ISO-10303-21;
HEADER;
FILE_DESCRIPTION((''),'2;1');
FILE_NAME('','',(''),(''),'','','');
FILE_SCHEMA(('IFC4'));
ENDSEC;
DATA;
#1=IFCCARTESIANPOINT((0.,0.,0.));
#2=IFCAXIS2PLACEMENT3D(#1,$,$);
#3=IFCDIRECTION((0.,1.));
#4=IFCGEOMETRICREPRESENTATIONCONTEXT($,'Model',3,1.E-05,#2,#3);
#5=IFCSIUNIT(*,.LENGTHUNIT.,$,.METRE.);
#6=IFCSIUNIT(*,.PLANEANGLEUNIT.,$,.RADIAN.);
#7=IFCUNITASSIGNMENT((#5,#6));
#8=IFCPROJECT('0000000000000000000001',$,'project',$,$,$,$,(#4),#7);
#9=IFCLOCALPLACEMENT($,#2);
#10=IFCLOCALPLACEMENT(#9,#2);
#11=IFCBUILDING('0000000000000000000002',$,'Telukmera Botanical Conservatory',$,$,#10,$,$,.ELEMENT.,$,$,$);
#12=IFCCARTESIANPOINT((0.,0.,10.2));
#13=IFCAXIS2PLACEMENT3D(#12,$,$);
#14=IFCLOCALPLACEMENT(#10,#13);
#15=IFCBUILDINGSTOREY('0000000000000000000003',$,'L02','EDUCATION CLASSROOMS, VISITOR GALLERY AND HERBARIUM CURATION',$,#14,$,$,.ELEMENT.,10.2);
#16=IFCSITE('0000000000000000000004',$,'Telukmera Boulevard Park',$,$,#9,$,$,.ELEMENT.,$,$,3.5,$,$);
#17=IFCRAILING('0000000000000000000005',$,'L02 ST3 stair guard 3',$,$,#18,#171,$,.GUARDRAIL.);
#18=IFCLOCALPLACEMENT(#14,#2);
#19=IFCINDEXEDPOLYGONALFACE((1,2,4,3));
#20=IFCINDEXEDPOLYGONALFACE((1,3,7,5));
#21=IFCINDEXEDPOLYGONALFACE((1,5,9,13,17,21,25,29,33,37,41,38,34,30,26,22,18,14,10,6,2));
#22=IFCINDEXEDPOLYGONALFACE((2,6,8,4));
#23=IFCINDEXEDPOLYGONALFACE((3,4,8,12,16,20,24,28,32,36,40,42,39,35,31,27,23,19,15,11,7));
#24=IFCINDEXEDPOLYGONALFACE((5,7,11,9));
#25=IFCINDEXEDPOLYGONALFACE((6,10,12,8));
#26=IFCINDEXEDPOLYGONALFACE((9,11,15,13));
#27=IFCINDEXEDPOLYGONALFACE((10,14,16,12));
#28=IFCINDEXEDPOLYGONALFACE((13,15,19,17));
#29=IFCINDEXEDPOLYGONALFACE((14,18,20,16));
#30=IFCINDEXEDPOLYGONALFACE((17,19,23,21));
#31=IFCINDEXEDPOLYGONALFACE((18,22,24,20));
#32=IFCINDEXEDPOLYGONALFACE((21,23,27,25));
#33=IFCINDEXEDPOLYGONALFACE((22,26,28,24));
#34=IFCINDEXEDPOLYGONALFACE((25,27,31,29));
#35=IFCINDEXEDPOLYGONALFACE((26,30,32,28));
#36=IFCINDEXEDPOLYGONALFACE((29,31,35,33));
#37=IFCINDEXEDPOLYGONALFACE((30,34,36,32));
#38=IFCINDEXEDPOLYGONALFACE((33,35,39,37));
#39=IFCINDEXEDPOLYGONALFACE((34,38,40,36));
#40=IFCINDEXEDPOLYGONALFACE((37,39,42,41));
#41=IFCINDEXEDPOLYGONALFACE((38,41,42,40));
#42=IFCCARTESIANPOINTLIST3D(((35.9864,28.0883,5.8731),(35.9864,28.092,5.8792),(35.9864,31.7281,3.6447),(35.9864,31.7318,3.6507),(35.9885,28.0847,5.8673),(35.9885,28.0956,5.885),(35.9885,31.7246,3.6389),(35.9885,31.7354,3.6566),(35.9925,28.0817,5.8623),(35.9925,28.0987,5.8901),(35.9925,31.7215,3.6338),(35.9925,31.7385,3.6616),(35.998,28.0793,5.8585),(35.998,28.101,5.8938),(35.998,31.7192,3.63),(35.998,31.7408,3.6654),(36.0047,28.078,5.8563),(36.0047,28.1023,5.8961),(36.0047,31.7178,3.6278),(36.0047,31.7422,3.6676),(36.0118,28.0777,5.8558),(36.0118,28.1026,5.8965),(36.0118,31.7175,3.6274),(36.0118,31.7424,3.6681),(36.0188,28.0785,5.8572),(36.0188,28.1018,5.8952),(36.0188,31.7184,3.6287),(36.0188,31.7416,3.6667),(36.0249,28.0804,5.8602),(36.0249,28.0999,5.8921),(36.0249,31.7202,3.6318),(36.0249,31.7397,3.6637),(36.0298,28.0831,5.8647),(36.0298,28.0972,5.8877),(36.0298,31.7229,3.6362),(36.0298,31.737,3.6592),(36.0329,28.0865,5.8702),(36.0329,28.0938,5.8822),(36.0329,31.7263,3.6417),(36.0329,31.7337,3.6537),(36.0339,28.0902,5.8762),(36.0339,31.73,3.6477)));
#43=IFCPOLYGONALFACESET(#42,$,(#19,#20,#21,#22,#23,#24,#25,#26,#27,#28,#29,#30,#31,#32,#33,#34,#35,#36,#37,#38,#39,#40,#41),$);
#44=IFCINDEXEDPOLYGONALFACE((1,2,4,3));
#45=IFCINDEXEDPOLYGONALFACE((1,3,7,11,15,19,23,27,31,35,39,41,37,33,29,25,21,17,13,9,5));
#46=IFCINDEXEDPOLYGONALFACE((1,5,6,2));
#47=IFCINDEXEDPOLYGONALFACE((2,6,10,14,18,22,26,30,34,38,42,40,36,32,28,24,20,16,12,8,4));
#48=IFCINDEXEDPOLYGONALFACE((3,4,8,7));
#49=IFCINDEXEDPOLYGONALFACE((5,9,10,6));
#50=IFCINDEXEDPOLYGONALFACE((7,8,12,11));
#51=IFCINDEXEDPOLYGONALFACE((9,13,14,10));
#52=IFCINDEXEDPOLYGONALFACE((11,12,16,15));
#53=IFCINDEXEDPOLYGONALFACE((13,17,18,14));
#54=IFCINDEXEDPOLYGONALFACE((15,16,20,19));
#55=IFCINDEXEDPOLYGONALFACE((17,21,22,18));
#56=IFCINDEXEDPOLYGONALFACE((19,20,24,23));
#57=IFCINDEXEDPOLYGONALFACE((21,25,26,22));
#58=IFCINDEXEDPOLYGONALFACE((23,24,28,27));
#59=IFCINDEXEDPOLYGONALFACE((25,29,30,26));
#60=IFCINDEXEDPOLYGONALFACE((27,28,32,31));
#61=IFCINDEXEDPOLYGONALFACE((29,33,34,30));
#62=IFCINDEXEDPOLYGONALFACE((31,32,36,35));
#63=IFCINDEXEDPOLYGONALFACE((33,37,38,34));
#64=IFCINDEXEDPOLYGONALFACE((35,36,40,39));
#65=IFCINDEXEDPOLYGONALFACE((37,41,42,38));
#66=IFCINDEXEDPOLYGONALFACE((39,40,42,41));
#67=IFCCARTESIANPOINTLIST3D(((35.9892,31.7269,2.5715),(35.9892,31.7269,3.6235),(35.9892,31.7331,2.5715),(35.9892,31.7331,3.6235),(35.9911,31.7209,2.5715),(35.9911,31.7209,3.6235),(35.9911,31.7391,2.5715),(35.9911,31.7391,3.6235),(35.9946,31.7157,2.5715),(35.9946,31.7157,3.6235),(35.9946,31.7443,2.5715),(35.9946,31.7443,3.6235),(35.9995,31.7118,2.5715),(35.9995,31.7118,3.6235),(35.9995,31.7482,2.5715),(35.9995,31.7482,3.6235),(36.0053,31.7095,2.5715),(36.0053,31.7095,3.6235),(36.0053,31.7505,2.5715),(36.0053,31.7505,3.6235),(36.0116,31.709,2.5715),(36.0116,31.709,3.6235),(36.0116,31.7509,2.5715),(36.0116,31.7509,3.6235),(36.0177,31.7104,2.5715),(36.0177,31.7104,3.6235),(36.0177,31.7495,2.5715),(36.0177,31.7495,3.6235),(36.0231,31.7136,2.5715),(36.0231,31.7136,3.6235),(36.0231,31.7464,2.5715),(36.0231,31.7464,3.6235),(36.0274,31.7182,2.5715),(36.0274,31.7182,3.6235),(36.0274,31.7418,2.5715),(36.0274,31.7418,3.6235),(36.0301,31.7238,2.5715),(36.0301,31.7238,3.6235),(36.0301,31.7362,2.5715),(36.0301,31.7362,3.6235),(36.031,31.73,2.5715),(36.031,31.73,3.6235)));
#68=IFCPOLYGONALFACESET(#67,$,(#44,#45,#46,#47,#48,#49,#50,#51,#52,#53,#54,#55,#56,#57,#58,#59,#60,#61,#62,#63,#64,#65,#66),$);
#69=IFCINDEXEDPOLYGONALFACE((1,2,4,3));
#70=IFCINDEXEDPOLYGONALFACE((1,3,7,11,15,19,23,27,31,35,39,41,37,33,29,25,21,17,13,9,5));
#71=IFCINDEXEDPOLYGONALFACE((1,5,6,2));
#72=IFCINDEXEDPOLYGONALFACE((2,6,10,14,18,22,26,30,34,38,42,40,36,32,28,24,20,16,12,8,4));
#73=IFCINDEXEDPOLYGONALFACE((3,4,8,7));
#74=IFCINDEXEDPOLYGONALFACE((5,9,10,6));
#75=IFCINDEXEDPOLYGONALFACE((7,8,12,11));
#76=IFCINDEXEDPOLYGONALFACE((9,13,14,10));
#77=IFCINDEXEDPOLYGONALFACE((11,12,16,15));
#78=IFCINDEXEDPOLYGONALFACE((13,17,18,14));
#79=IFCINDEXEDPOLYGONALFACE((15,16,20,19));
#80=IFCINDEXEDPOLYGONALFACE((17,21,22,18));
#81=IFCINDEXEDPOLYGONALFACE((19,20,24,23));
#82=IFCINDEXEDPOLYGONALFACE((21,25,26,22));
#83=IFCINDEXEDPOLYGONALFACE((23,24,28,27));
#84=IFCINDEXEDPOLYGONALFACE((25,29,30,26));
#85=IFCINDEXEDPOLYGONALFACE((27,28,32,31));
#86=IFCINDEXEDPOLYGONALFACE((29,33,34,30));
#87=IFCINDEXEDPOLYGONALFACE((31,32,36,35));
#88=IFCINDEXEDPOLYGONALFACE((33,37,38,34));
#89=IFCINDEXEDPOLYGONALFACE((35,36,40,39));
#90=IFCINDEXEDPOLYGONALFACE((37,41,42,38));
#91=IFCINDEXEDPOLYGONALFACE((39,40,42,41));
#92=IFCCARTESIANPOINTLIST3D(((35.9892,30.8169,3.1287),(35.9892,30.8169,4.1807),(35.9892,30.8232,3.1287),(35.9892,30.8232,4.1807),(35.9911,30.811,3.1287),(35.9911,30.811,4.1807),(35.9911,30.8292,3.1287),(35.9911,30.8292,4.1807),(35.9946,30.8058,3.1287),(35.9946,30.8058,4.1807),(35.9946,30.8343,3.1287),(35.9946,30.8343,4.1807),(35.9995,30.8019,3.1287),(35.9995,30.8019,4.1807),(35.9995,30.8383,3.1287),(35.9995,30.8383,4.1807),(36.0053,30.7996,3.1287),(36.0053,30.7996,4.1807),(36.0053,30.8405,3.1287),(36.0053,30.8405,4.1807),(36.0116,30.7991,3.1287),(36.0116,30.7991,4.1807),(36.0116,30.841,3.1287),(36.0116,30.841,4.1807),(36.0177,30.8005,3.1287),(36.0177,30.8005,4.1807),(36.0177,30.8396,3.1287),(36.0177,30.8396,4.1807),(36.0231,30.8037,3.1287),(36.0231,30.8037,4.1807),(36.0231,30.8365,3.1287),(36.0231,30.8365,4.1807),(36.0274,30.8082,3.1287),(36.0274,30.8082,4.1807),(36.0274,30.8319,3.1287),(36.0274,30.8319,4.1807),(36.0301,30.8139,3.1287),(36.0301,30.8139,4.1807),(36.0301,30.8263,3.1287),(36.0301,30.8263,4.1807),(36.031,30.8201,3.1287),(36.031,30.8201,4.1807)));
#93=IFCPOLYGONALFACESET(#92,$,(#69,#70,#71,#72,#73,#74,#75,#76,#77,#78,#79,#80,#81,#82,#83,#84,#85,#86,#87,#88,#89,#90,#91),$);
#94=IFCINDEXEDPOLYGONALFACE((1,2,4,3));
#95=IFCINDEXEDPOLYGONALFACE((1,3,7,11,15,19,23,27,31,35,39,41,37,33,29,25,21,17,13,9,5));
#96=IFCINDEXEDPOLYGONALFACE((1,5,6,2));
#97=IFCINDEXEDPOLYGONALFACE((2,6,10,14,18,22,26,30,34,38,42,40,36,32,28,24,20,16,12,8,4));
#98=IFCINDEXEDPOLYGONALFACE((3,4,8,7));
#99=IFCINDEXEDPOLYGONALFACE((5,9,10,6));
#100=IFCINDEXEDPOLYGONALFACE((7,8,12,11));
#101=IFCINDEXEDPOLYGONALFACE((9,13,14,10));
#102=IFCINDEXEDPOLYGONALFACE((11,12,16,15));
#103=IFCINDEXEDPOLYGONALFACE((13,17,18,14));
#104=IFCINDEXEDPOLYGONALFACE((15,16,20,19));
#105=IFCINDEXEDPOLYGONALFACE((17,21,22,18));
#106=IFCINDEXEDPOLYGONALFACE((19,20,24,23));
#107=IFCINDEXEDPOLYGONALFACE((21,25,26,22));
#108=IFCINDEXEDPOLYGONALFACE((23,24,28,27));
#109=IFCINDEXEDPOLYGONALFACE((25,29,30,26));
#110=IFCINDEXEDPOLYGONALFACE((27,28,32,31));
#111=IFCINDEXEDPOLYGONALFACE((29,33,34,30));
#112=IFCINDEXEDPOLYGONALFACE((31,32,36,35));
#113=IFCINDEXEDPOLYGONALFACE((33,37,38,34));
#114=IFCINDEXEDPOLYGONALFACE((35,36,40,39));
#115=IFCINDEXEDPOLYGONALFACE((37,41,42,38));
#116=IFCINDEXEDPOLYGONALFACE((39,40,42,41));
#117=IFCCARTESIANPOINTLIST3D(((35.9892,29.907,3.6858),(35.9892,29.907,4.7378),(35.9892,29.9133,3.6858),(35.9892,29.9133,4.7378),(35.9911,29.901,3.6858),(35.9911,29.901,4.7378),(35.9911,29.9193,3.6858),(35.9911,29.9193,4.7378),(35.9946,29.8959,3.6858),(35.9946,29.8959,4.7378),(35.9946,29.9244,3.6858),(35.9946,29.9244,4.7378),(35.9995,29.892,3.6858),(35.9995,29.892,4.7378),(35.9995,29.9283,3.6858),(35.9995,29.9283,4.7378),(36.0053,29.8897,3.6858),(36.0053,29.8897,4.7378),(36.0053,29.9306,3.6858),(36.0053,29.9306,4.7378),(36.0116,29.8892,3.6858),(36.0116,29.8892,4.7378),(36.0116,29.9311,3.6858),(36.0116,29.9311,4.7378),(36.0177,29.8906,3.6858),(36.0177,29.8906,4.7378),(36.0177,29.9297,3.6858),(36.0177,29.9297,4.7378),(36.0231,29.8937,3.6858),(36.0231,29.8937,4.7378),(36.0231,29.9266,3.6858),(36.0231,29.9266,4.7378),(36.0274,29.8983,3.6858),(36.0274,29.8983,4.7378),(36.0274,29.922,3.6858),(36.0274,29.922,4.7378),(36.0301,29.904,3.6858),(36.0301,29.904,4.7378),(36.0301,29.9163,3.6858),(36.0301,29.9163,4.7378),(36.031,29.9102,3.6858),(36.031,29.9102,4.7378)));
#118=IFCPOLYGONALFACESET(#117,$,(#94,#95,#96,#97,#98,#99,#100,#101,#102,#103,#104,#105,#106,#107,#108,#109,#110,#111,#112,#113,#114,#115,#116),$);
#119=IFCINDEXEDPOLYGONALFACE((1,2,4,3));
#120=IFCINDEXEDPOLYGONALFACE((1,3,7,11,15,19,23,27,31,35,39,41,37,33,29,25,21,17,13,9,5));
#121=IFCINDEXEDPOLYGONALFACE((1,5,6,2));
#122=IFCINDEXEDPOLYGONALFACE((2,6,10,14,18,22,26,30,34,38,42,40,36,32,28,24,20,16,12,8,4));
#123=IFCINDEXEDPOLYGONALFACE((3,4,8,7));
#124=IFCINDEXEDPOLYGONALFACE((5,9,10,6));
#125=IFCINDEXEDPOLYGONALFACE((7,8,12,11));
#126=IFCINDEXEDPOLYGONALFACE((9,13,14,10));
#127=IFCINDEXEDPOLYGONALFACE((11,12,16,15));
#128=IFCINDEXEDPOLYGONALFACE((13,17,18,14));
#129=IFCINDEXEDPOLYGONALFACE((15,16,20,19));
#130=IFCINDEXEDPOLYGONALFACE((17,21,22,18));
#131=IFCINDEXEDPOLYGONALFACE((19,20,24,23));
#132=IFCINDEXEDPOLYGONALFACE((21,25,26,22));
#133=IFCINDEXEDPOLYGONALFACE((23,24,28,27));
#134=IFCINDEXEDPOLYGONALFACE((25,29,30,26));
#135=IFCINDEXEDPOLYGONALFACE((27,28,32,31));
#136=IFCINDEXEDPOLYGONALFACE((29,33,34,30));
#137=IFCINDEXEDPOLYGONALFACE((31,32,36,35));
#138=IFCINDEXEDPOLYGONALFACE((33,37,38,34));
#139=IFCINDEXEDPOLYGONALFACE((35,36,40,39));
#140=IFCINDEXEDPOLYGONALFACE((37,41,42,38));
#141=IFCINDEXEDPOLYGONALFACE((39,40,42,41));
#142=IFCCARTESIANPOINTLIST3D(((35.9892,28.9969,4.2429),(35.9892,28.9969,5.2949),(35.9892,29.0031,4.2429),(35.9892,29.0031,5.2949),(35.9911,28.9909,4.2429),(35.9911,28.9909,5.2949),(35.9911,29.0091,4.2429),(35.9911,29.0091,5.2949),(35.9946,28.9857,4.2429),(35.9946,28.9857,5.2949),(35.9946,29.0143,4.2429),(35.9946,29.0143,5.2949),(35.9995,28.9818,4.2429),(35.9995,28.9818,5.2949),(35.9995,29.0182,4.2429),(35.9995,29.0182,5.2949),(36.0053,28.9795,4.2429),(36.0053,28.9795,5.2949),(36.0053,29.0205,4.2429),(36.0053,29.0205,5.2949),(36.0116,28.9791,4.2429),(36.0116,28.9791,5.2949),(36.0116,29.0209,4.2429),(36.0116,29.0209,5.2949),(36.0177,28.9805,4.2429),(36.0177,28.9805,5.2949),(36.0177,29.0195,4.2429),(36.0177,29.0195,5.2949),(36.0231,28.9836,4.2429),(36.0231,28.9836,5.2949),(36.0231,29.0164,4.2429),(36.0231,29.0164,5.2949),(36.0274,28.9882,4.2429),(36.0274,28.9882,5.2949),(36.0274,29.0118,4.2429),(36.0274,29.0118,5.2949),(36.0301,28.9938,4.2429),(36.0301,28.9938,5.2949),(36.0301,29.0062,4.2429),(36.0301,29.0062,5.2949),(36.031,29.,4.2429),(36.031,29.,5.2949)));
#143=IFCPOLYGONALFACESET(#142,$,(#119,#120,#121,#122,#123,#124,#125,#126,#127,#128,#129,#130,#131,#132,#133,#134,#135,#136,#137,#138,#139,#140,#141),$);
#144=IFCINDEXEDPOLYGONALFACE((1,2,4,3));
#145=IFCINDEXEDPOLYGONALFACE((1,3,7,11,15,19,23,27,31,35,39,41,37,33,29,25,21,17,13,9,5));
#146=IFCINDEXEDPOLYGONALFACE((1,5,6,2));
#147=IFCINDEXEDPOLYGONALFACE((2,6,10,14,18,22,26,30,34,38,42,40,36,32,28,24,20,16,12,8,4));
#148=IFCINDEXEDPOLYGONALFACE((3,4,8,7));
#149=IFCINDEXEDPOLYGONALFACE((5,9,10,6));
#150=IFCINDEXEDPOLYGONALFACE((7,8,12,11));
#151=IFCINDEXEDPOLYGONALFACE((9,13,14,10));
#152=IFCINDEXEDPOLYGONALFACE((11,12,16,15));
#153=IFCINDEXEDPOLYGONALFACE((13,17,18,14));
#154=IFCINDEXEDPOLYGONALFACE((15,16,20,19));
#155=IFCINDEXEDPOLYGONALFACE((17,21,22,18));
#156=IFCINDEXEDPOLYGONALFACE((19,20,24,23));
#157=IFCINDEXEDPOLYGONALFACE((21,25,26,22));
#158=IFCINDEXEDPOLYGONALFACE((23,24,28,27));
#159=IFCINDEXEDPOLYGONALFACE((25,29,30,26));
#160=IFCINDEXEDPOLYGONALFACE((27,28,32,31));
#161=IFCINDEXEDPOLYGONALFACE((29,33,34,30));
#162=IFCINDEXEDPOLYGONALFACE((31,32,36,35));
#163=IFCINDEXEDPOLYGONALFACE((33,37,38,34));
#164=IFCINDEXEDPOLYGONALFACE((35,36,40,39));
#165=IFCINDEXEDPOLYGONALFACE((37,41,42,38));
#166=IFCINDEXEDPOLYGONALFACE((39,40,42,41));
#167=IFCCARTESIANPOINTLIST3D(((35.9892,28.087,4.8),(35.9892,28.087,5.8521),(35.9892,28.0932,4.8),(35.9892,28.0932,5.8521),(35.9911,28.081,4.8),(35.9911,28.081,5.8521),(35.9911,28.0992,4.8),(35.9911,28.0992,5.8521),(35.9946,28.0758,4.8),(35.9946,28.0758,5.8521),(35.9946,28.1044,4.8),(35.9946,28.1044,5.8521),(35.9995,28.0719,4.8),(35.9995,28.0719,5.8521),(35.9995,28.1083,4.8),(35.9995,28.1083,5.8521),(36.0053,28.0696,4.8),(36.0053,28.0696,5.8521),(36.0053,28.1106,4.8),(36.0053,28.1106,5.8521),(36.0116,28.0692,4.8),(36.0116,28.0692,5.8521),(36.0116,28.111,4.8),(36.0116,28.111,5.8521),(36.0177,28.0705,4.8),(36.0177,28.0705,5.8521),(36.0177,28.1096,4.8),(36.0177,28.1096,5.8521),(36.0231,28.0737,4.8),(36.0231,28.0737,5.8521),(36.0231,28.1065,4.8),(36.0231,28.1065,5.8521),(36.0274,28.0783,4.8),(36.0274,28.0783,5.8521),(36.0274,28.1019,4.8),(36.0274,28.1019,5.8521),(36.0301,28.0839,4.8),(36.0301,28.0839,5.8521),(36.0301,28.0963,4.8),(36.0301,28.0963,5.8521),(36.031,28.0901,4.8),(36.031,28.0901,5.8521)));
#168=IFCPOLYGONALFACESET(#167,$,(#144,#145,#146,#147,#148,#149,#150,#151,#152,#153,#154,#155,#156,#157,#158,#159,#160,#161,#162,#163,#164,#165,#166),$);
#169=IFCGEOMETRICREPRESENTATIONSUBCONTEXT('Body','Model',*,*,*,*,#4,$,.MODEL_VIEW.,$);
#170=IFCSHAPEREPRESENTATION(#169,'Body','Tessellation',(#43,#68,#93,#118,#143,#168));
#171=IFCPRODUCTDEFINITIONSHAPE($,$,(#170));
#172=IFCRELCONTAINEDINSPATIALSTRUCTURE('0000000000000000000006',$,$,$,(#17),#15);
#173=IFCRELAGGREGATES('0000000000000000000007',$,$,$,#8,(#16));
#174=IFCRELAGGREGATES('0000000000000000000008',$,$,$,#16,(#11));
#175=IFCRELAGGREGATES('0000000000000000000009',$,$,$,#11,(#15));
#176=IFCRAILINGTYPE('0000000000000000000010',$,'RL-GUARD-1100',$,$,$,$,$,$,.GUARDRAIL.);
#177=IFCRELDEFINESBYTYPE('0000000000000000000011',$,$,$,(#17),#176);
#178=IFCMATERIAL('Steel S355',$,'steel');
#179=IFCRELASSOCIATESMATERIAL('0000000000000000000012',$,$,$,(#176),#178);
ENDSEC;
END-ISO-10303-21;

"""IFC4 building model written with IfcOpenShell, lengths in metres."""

from ifc_helpers import new_model, si_unit, direction, frame, origin, origin_2d, place, context, subcontext, project, spatial, circle, extrude, material, type_object, element, save


model = new_model("IFC4")

# Units and contexts
model_context = context("Model", 3, precision=1e-05, world=origin(), true_north=direction((0.0, 1.0)))
body_context = subcontext(model_context, "Body", "Model", "MODEL_VIEW")
ifc_project = project(units=[si_unit("LENGTHUNIT", "METRE"), si_unit("PLANEANGLEUNIT", "RADIAN")], contexts=[model_context])

# Site, building, storey
site_placement = place(None, origin())
site = spatial("IfcSite", under=ifc_project, at=site_placement, Name="Telukmera Boulevard Park", CompositionType="ELEMENT", RefElevation=3.5)
building_placement = place(site_placement, origin())
building = spatial("IfcBuilding", under=site, at=building_placement, Name="Telukmera Botanical Conservatory", CompositionType="ELEMENT")
storey_placement = place(building_placement, frame((0.0, 0.0, 10.2)))
storey = spatial("IfcBuildingStorey", under=building, at=storey_placement, Name="L02", Description="EDUCATION CLASSROOMS, VISITOR GALLERY AND HERBARIUM CURATION", CompositionType="ELEMENT", Elevation=10.2)

# Railing
ifc_material_1 = material(Name="Steel S355", Category="steel")
railing_type_1 = type_object("IfcRailingType", Name="RL-GUARD-1100", PredefinedType="GUARDRAIL", material=ifc_material_1)
railing_1_placement = place(storey_placement, frame((36.01, 31.73, 2.5715)))
element("IfcRailing", 1, at=railing_1_placement, inside=storey, type_object=railing_type_1, Name="L02 ST3 stair guard 3", PredefinedType="GUARDRAIL", context=body_context, shape_type="SweptSolid", body=[
    extrude(circle(Radius=0.0239, at=origin_2d()), frame((0.0, 0.0, 1.0762), z_axis=(0.0, -0.85285, 0.522156), x_axis=(1.0, 0.0, 0.0)), (0.0, 0.0, 1.0), 4.2678),
    extrude(circle(Radius=0.021, at=origin_2d()), origin(), (0.0, 0.0, 1.0), 1.052),
    extrude(circle(Radius=0.021, at=origin_2d()), frame((0.0, -0.9099, 0.5571)), (0.0, 0.0, 1.0), 1.052),
    extrude(circle(Radius=0.021, at=origin_2d()), frame((0.0, -1.8198, 1.1143)), (0.0, 0.0, 1.0), 1.052),
    extrude(circle(Radius=0.021, at=origin_2d()), frame((0.0, -2.73, 1.6714)), (0.0, 0.0, 1.0), 1.052),
    extrude(circle(Radius=0.021, at=origin_2d()), frame((0.0, -3.6399, 2.2285)), (0.0, 0.0, 1.0), 1.052),
])

save(model, "model.ifc")
